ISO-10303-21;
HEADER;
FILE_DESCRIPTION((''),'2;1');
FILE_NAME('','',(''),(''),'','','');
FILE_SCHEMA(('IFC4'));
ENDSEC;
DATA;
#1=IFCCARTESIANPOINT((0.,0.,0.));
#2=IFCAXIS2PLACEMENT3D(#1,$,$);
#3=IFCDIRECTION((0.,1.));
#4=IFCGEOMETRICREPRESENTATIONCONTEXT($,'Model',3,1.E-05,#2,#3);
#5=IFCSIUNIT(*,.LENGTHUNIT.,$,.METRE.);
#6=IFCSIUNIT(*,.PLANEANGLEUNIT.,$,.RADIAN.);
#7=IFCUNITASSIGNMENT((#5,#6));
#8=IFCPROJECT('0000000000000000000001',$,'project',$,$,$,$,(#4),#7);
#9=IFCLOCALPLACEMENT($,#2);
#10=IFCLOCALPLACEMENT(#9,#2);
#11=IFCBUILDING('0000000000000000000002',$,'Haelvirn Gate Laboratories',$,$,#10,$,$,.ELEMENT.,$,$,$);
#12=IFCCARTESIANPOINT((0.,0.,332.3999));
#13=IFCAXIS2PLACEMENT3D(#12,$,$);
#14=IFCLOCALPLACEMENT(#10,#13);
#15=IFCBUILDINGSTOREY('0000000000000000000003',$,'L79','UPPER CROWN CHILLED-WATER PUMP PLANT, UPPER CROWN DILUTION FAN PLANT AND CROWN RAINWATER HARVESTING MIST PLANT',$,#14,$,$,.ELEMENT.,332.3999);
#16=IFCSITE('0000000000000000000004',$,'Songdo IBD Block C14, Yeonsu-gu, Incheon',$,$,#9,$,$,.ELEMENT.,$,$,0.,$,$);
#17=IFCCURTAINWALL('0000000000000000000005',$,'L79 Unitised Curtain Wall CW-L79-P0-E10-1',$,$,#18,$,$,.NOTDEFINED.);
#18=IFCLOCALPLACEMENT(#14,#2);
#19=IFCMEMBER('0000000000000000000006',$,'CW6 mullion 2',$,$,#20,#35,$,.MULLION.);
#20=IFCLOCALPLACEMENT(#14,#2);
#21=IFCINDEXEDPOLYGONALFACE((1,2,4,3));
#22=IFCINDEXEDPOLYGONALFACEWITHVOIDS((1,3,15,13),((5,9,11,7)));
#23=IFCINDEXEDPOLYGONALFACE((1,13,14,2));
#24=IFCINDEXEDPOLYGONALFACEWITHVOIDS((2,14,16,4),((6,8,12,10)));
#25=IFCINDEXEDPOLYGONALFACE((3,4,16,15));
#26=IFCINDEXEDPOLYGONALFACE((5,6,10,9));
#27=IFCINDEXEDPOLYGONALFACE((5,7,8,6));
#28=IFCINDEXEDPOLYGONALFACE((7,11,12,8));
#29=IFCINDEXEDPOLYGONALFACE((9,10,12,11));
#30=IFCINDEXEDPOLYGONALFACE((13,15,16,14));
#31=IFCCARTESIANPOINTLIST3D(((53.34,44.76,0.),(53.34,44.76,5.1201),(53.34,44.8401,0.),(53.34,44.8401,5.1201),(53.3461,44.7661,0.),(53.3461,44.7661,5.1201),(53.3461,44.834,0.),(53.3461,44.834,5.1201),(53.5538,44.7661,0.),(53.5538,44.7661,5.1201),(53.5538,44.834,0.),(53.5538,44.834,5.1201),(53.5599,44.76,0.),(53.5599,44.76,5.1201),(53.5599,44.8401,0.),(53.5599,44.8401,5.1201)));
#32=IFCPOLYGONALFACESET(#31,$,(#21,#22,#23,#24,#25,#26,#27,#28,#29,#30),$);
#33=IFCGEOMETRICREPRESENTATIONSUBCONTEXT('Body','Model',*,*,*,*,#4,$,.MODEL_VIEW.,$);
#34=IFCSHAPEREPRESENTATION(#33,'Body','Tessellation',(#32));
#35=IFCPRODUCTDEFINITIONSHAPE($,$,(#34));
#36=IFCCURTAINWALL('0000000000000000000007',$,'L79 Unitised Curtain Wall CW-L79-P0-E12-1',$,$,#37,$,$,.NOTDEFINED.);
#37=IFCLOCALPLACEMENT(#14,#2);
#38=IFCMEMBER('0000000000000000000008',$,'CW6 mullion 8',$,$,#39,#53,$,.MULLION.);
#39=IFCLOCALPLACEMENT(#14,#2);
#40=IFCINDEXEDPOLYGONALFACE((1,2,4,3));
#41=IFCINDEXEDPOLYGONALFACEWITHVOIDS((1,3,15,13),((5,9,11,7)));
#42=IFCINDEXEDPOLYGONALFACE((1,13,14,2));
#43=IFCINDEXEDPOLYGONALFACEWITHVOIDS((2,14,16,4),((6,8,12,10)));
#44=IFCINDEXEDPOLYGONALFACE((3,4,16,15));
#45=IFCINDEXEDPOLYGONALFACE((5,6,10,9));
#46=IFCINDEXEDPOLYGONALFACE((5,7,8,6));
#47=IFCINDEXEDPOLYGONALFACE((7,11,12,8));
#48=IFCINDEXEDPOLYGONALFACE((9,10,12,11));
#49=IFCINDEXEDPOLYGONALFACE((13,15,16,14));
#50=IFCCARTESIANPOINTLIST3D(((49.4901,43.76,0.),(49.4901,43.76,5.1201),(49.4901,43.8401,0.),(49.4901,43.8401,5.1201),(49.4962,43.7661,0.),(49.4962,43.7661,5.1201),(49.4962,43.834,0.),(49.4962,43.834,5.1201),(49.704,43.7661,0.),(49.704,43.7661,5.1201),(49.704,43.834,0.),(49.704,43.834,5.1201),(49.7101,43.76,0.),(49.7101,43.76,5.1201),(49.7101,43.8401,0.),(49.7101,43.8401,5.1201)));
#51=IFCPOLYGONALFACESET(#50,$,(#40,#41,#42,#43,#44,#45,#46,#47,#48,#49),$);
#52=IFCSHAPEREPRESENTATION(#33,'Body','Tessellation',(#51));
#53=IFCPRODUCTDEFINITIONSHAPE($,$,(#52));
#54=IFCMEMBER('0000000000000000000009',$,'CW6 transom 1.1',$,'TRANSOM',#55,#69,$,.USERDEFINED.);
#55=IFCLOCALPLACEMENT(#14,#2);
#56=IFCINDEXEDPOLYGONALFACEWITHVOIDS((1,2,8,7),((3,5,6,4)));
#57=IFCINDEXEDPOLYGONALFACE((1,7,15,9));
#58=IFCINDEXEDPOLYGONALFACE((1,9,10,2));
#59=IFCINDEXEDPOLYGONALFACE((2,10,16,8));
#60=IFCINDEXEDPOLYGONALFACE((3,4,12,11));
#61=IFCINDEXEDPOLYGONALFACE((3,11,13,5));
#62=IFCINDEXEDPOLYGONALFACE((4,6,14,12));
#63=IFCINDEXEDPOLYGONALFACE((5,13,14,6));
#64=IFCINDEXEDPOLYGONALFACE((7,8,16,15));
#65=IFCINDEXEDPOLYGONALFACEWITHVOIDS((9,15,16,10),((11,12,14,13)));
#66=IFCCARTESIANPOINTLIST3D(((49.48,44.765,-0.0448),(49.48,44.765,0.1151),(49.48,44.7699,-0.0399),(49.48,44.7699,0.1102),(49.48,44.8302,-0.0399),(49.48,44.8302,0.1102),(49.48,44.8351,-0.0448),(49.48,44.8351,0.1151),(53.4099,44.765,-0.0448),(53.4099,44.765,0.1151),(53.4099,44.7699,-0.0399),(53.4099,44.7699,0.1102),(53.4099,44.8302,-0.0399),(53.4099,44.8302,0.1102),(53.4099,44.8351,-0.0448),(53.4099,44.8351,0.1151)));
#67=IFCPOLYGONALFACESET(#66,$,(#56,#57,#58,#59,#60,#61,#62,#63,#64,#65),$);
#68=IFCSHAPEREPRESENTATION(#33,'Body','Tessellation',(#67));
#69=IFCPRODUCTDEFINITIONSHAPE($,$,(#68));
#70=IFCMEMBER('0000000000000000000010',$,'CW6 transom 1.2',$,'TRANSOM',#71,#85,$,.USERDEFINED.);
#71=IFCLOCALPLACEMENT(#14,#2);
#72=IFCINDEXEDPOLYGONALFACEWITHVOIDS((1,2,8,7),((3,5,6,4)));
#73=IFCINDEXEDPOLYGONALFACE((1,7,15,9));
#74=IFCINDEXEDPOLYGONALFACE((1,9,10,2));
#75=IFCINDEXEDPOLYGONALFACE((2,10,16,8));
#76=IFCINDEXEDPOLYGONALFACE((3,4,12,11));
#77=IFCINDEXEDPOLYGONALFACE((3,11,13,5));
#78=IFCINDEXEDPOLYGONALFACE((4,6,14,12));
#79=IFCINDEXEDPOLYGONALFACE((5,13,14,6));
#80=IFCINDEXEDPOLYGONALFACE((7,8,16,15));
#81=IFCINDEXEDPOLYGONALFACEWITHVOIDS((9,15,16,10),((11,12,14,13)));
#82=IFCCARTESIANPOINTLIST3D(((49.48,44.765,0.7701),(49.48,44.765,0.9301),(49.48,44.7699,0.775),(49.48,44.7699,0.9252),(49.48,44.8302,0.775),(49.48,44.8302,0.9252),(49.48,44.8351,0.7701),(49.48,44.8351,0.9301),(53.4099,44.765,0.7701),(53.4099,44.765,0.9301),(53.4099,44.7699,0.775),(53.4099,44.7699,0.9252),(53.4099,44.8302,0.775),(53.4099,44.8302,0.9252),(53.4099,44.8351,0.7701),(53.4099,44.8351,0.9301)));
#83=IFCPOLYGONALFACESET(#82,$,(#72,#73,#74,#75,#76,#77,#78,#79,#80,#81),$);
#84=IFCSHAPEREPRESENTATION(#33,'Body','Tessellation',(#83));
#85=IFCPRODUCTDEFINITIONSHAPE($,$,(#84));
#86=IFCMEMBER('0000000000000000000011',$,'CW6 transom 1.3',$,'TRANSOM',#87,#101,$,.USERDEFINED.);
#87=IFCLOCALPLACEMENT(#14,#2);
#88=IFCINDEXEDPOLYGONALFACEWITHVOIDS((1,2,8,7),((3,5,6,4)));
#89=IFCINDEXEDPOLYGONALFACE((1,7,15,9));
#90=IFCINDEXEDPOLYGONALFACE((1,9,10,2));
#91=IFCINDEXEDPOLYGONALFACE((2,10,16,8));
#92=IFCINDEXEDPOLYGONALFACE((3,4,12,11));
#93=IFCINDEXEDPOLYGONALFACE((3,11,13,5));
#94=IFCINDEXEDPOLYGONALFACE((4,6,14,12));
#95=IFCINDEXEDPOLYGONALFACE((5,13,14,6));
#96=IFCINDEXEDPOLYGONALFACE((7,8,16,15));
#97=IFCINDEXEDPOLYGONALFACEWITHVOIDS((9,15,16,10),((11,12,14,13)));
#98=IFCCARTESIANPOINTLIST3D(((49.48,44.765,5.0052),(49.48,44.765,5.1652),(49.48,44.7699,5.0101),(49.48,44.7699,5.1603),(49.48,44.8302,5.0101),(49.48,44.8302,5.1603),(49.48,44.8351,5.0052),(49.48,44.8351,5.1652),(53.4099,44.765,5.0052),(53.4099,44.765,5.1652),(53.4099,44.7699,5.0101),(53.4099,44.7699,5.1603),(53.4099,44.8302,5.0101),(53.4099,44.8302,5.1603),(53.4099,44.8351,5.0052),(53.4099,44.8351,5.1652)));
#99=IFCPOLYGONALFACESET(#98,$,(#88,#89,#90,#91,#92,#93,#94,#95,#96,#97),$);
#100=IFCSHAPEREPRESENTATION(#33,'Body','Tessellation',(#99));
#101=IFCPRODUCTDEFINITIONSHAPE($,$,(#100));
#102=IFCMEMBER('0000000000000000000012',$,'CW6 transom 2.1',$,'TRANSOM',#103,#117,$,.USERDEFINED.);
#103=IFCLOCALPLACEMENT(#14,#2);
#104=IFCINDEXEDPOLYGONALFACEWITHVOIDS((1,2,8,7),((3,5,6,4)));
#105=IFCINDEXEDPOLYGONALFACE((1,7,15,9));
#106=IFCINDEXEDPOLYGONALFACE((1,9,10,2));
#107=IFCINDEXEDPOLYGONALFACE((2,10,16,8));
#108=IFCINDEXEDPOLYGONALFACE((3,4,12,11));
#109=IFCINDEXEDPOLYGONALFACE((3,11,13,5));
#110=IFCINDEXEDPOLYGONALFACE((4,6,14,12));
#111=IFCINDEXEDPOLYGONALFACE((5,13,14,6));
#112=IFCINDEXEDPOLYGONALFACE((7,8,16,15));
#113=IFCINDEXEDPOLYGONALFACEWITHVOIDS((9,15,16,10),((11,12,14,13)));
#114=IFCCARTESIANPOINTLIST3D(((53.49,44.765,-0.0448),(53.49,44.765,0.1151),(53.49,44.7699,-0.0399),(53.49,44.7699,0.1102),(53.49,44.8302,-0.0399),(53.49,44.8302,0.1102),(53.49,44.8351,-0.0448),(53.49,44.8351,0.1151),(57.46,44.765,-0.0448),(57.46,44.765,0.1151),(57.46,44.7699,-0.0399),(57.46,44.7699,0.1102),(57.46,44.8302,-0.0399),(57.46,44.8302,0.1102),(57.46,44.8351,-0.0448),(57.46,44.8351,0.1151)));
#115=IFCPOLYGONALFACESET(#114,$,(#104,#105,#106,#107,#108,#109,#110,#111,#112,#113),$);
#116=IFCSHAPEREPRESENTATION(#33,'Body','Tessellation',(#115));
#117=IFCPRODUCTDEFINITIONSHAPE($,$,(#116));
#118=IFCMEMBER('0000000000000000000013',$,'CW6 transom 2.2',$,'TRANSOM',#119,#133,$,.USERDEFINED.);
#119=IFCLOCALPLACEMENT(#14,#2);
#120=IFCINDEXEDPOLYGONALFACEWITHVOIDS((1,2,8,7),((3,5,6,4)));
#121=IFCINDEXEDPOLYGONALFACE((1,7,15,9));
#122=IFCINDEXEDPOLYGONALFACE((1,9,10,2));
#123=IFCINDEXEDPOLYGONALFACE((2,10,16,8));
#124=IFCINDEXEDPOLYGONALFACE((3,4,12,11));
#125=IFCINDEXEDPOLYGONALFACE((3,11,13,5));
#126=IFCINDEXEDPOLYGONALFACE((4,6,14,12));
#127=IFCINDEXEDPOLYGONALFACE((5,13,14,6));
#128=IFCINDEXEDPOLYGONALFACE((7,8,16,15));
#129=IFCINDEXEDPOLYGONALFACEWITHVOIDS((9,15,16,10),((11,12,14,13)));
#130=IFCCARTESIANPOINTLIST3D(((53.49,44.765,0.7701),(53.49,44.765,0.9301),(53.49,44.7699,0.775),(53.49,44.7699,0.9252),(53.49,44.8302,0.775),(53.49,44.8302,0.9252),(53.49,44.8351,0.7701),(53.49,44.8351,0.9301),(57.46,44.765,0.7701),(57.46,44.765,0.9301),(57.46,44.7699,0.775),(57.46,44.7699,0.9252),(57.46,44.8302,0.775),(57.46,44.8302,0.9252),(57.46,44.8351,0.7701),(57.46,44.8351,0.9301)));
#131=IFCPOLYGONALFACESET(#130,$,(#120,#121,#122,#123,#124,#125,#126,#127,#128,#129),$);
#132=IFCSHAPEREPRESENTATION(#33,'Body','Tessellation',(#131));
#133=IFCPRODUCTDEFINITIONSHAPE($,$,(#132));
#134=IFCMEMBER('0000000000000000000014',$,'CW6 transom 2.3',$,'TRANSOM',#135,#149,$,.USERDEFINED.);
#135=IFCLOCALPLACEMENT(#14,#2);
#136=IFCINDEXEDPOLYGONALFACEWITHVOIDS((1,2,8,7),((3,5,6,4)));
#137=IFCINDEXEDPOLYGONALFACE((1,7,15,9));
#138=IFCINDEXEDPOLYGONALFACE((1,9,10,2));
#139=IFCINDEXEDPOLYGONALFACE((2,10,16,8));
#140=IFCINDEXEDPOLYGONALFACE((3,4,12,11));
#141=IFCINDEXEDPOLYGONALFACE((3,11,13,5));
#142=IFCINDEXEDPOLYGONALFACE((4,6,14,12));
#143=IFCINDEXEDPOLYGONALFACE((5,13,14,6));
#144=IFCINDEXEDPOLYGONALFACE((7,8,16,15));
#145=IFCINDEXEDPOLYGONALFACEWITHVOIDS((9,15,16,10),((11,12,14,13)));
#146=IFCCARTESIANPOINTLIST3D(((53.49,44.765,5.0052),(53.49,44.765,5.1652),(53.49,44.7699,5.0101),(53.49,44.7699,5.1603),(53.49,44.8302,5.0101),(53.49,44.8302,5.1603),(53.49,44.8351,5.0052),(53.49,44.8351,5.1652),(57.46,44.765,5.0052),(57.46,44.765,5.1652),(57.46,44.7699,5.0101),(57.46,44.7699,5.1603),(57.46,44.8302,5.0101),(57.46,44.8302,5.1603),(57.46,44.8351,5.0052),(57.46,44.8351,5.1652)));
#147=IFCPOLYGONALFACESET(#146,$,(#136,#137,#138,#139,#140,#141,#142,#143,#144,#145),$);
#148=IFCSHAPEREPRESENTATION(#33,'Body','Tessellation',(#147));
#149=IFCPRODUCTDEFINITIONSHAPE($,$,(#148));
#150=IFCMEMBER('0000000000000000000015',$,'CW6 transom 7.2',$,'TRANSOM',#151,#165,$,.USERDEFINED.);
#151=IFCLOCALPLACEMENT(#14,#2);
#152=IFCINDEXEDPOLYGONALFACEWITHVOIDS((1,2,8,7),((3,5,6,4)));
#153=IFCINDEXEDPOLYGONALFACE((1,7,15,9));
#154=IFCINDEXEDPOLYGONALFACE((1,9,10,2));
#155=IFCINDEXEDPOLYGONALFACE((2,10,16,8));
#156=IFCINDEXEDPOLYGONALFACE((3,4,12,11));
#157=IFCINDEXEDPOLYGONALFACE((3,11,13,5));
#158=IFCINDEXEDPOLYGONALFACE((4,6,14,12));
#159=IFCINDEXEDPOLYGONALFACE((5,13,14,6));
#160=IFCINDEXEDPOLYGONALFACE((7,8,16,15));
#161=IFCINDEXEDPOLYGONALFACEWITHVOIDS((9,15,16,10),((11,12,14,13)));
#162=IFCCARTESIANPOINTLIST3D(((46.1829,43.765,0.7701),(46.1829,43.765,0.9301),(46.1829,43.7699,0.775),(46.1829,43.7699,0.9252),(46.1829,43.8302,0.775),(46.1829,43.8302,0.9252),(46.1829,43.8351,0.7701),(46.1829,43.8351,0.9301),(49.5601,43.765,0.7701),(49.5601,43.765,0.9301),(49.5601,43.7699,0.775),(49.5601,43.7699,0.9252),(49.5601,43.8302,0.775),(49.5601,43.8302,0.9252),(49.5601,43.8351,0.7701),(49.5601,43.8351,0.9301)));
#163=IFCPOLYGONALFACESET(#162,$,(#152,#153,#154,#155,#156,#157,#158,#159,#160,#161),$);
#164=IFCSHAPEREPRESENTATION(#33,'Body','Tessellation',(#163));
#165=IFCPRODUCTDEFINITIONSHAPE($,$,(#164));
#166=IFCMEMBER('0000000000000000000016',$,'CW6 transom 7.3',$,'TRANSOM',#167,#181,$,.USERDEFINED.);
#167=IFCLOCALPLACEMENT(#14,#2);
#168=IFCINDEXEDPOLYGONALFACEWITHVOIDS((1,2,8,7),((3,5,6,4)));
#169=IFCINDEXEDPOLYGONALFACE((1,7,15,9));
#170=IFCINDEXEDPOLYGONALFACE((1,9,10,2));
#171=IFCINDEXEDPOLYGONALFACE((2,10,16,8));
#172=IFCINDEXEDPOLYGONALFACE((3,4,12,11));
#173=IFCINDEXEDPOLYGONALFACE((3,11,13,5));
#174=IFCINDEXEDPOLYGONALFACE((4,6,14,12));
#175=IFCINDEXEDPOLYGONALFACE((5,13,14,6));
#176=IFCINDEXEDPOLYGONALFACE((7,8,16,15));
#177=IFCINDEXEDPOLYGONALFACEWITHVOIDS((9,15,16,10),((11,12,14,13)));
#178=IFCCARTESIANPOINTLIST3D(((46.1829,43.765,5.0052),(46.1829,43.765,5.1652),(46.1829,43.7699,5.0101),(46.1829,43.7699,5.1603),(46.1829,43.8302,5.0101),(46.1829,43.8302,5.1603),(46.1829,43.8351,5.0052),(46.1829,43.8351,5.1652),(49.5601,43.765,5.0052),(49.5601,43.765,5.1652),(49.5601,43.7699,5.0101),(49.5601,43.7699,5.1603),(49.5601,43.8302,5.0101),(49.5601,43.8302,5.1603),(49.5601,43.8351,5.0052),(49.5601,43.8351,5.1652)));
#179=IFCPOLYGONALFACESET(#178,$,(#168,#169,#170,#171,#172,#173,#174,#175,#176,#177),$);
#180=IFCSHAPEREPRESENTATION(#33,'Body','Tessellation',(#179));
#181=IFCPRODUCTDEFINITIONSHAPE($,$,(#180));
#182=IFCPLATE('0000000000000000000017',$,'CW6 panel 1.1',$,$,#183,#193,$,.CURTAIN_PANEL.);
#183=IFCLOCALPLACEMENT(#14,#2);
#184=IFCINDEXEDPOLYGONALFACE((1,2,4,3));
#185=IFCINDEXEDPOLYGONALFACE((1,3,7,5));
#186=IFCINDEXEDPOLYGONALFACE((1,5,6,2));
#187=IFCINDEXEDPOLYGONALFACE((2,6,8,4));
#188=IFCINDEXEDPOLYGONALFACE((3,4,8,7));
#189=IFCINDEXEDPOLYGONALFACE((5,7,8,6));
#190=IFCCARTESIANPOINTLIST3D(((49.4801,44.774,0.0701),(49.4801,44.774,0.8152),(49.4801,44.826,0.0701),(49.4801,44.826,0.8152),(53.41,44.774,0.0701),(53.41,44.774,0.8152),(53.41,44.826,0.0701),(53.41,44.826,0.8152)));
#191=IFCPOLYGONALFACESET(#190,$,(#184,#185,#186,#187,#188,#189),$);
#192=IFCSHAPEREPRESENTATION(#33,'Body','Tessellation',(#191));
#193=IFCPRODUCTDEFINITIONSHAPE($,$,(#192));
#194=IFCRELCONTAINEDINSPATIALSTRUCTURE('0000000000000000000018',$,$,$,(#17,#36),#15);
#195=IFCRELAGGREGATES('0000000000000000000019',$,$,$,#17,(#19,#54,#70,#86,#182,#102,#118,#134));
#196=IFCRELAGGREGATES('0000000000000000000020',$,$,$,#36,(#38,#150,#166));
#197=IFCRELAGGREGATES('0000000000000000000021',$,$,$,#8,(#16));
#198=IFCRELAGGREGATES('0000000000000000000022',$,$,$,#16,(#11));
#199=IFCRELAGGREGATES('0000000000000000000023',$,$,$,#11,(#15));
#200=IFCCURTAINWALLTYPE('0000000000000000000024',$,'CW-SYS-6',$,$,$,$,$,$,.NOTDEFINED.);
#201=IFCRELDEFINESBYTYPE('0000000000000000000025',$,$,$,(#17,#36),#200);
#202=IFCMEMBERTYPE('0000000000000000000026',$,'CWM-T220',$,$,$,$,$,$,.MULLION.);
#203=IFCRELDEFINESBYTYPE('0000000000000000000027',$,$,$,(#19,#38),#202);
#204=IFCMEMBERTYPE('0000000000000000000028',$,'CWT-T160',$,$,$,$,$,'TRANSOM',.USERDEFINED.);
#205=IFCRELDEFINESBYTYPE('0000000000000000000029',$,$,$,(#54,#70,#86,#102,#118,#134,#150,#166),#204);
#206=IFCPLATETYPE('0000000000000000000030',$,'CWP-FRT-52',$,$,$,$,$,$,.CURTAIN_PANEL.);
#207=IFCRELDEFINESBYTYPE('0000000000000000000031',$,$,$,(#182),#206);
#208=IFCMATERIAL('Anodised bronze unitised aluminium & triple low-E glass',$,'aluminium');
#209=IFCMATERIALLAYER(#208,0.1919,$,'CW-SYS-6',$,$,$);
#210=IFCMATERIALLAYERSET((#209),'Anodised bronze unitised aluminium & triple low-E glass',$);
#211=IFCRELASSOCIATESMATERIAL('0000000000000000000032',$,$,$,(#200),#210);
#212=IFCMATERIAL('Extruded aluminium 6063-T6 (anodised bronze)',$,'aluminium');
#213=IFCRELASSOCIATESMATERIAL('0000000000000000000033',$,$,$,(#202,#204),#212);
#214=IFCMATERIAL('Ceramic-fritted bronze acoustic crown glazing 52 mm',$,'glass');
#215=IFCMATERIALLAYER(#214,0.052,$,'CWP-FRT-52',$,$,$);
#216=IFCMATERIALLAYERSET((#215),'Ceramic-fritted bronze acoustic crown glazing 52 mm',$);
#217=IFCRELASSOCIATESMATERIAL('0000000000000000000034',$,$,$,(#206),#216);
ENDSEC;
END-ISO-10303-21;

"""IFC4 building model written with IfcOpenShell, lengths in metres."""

from ifc_helpers import new_model, si_unit, direction, frame, origin, origin_2d, place, context, subcontext, project, spatial, rectangle, hollow_rectangle, extrude, source, transform, mapped, material, layer, layer_set, material_profile, profile_set, type_object, type_shapes, element, aggregate, save


model = new_model("IFC4")

# Units and contexts
model_context = context("Model", 3, precision=1e-05, world=origin(), true_north=direction((0.0, 1.0)))
body_context = subcontext(model_context, "Body", "Model", "MODEL_VIEW")
ifc_project = project(units=[si_unit("LENGTHUNIT", "METRE"), si_unit("PLANEANGLEUNIT", "RADIAN")], contexts=[model_context])

# Site, building, storey
site_placement = place(None, origin())
site = spatial("IfcSite", under=ifc_project, at=site_placement, Name="Songdo IBD Block C14, Yeonsu-gu, Incheon", CompositionType="ELEMENT", RefElevation=0.0)
building_placement = place(site_placement, origin())
building = spatial("IfcBuilding", under=site, at=building_placement, Name="Haelvirn Gate Laboratories", CompositionType="ELEMENT")
storey_placement = place(building_placement, frame((0.0, 0.0, 332.3999)))
storey = spatial("IfcBuildingStorey", under=building, at=storey_placement, Name="L79", Description="UPPER CROWN CHILLED-WATER PUMP PLANT, UPPER CROWN DILUTION FAN PLANT AND CROWN RAINWATER HARVESTING MIST PLANT", CompositionType="ELEMENT", Elevation=332.3999)

# Curtain wall, member
ifc_material_1 = material(Name="Anodised bronze unitised aluminium & triple low-E glass", Category="aluminium")
ifc_layer_1 = layer(ifc_material_1, 0.1919, Name="CW-SYS-6")
ifc_layer_set_1 = layer_set([ifc_layer_1], Name="Anodised bronze unitised aluminium & triple low-E glass")
curtain_wall_type = type_object("IfcCurtainWallType", Name="CW-SYS-6", PredefinedType="NOTDEFINED", material=ifc_layer_set_1)
curtain_wall_1_placement = place(storey_placement, origin())
curtain_wall_1 = element("IfcCurtainWall", 1, at=curtain_wall_1_placement, inside=storey, type_object=curtain_wall_type, Name="L79 Unitised Curtain Wall CW-L79-P0-E10-1", PredefinedType="NOTDEFINED")
ifc_material_2 = material(Name="Extruded aluminium 6063-T6 (anodised bronze)", Category="aluminium")
ifc_material_profile_1 = material_profile(ifc_material_2, hollow_rectangle(XDim=0.0801, YDim=0.22, WallThickness=0.0061, at=origin_2d()), Name="CWM-220x80x6")
ifc_profile_set_1 = profile_set([ifc_material_profile_1], Name="Extruded aluminium 6063-T6 (anodised bronze)")
member_type_1 = type_object("IfcMemberType", Name="CWM-T220", PredefinedType="MULLION", material=ifc_profile_set_1)
shared_shape_1 = source(origin(), body_context, "Body", "SweptSolid", [
    extrude(hollow_rectangle(XDim=0.0801, YDim=0.22, WallThickness=0.0061, at=origin_2d()), origin(), (0.0, 0.0, 1.0), 5.1201),
])
type_shapes(member_type_1, [shared_shape_1])
member_1_placement = place(storey_placement, frame((53.45, 44.8, 0.0), z_axis=(0.0, 0.0, 1.0), x_axis=(0.0, 1.0, 0.0)))
member_1 = element("IfcMember", 2, at=member_1_placement, type_object=member_type_1, Name="CW6 mullion 2", PredefinedType="MULLION", context=body_context, shape_type="MappedRepresentation", body=[
    mapped(shared_shape_1, transform((0.0, 0.0, 0.0), scale=1.0)),
])

# Curtain wall, member
curtain_wall_2_placement = place(storey_placement, origin())
curtain_wall_2 = element("IfcCurtainWall", 3, at=curtain_wall_2_placement, inside=storey, type_object=curtain_wall_type, Name="L79 Unitised Curtain Wall CW-L79-P0-E12-1", PredefinedType="NOTDEFINED")
member_2_placement = place(storey_placement, frame((49.6001, 43.8, 0.0), z_axis=(0.0, 0.0, 1.0), x_axis=(0.0, 1.0, 0.0)))
member_2 = element("IfcMember", 4, at=member_2_placement, type_object=member_type_1, Name="CW6 mullion 8", PredefinedType="MULLION", context=body_context, shape_type="MappedRepresentation", body=[
    mapped(shared_shape_1, transform((0.0, 0.0, 0.0), scale=1.0)),
])

# Members
ifc_material_profile_2 = material_profile(ifc_material_2, hollow_rectangle(XDim=0.0701, YDim=0.1599, WallThickness=0.0049, at=origin_2d()), Name="CWT-160x70x5")
ifc_profile_set_2 = profile_set([ifc_material_profile_2], Name="Extruded aluminium 6063-T6 (anodised bronze)")
member_type_2 = type_object("IfcMemberType", Name="CWT-T160", ElementType="TRANSOM", PredefinedType="USERDEFINED", material=ifc_profile_set_2)
shared_shape_2 = source(origin(), body_context, "Body", "SweptSolid", [
    extrude(hollow_rectangle(XDim=0.0701, YDim=0.1599, WallThickness=0.0049, at=origin_2d()), origin(), (0.0, 0.0, 1.0), 3.9299),
])
member_3_placement = place(storey_placement, frame((49.48, 44.8, 0.0352), z_axis=(1.0, 0.0, 0.0), x_axis=(0.0, 1.0, 0.0)))
member_3 = element("IfcMember", 5, at=member_3_placement, type_object=member_type_2, Name="CW6 transom 1.1", ObjectType="TRANSOM", PredefinedType="USERDEFINED", context=body_context, shape_type="MappedRepresentation", body=[
    mapped(shared_shape_2, transform((0.0, 0.0, 0.0), scale=1.0)),
])
member_4_placement = place(storey_placement, frame((49.48, 44.8, 0.8501), z_axis=(1.0, 0.0, 0.0), x_axis=(0.0, 1.0, 0.0)))
member_4 = element("IfcMember", 6, at=member_4_placement, type_object=member_type_2, Name="CW6 transom 1.2", ObjectType="TRANSOM", PredefinedType="USERDEFINED", context=body_context, shape_type="MappedRepresentation", body=[
    mapped(shared_shape_2, transform((0.0, 0.0, 0.0), scale=1.0)),
])
member_5_placement = place(storey_placement, frame((49.48, 44.8, 5.0852), z_axis=(1.0, 0.0, 0.0), x_axis=(0.0, 1.0, 0.0)))
member_5 = element("IfcMember", 7, at=member_5_placement, type_object=member_type_2, Name="CW6 transom 1.3", ObjectType="TRANSOM", PredefinedType="USERDEFINED", context=body_context, shape_type="MappedRepresentation", body=[
    mapped(shared_shape_2, transform((0.0, 0.0, 0.0), scale=1.0)),
])
shared_shape_3 = source(origin(), body_context, "Body", "SweptSolid", [
    extrude(hollow_rectangle(XDim=0.0701, YDim=0.1599, WallThickness=0.0049, at=origin_2d()), origin(), (0.0, 0.0, 1.0), 3.97),
])
member_6_placement = place(storey_placement, frame((53.49, 44.8, 0.0352), z_axis=(1.0, 0.0, 0.0), x_axis=(0.0, 1.0, 0.0)))
member_6 = element("IfcMember", 8, at=member_6_placement, type_object=member_type_2, Name="CW6 transom 2.1", ObjectType="TRANSOM", PredefinedType="USERDEFINED", context=body_context, shape_type="MappedRepresentation", body=[
    mapped(shared_shape_3, transform((0.0, 0.0, 0.0), scale=1.0)),
])
member_7_placement = place(storey_placement, frame((53.49, 44.8, 0.8501), z_axis=(1.0, 0.0, 0.0), x_axis=(0.0, 1.0, 0.0)))
member_7 = element("IfcMember", 9, at=member_7_placement, type_object=member_type_2, Name="CW6 transom 2.2", ObjectType="TRANSOM", PredefinedType="USERDEFINED", context=body_context, shape_type="MappedRepresentation", body=[
    mapped(shared_shape_3, transform((0.0, 0.0, 0.0), scale=1.0)),
])
member_8_placement = place(storey_placement, frame((53.49, 44.8, 5.0852), z_axis=(1.0, 0.0, 0.0), x_axis=(0.0, 1.0, 0.0)))
member_8 = element("IfcMember", 10, at=member_8_placement, type_object=member_type_2, Name="CW6 transom 2.3", ObjectType="TRANSOM", PredefinedType="USERDEFINED", context=body_context, shape_type="MappedRepresentation", body=[
    mapped(shared_shape_3, transform((0.0, 0.0, 0.0), scale=1.0)),
])
shared_shape_4 = source(origin(), body_context, "Body", "SweptSolid", [
    extrude(hollow_rectangle(XDim=0.0701, YDim=0.1599, WallThickness=0.0049, at=origin_2d()), origin(), (0.0, 0.0, 1.0), 3.3772),
])
type_shapes(member_type_2, [shared_shape_2, shared_shape_3, shared_shape_4])
member_9_placement = place(storey_placement, frame((46.1829, 43.8, 0.8501), z_axis=(1.0, 0.0, 0.0), x_axis=(0.0, 1.0, 0.0)))
member_9 = element("IfcMember", 11, at=member_9_placement, type_object=member_type_2, Name="CW6 transom 7.2", ObjectType="TRANSOM", PredefinedType="USERDEFINED", context=body_context, shape_type="MappedRepresentation", body=[
    mapped(shared_shape_4, transform((0.0, 0.0, 0.0), scale=1.0)),
])
member_10_placement = place(storey_placement, frame((46.1829, 43.8, 5.0852), z_axis=(1.0, 0.0, 0.0), x_axis=(0.0, 1.0, 0.0)))
member_10 = element("IfcMember", 12, at=member_10_placement, type_object=member_type_2, Name="CW6 transom 7.3", ObjectType="TRANSOM", PredefinedType="USERDEFINED", context=body_context, shape_type="MappedRepresentation", body=[
    mapped(shared_shape_4, transform((0.0, 0.0, 0.0), scale=1.0)),
])

# Plate
ifc_material_3 = material(Name="Ceramic-fritted bronze acoustic crown glazing 52 mm", Category="glass")
ifc_layer_2 = layer(ifc_material_3, 0.052, Name="CWP-FRT-52")
ifc_layer_set_2 = layer_set([ifc_layer_2], Name="Ceramic-fritted bronze acoustic crown glazing 52 mm")
plate_type = type_object("IfcPlateType", Name="CWP-FRT-52", PredefinedType="CURTAIN_PANEL", material=ifc_layer_set_2)
shared_shape_5 = source(origin(), body_context, "Body", "SweptSolid", [
    extrude(rectangle(XDim=3.9299, YDim=0.052, at=origin_2d()), origin(), (0.0, 0.0, 1.0), 0.7451),
])
plate_1_placement = place(storey_placement, frame((51.4451, 44.8, 0.0701), z_axis=(0.0, 0.0, 1.0), x_axis=(1.0, 0.0, 0.0)))
plate_1 = element("IfcPlate", 13, at=plate_1_placement, type_object=plate_type, Name="CW6 panel 1.1", PredefinedType="CURTAIN_PANEL", context=body_context, shape_type="MappedRepresentation", body=[
    mapped(shared_shape_5, transform((0.0, 0.0, 0.0), scale=1.0)),
])
aggregate(curtain_wall_1, [member_1, member_3, member_4, member_5, plate_1, member_6, member_7, member_8])
aggregate(curtain_wall_2, [member_2, member_9, member_10])

save(model, "model.ifc")
